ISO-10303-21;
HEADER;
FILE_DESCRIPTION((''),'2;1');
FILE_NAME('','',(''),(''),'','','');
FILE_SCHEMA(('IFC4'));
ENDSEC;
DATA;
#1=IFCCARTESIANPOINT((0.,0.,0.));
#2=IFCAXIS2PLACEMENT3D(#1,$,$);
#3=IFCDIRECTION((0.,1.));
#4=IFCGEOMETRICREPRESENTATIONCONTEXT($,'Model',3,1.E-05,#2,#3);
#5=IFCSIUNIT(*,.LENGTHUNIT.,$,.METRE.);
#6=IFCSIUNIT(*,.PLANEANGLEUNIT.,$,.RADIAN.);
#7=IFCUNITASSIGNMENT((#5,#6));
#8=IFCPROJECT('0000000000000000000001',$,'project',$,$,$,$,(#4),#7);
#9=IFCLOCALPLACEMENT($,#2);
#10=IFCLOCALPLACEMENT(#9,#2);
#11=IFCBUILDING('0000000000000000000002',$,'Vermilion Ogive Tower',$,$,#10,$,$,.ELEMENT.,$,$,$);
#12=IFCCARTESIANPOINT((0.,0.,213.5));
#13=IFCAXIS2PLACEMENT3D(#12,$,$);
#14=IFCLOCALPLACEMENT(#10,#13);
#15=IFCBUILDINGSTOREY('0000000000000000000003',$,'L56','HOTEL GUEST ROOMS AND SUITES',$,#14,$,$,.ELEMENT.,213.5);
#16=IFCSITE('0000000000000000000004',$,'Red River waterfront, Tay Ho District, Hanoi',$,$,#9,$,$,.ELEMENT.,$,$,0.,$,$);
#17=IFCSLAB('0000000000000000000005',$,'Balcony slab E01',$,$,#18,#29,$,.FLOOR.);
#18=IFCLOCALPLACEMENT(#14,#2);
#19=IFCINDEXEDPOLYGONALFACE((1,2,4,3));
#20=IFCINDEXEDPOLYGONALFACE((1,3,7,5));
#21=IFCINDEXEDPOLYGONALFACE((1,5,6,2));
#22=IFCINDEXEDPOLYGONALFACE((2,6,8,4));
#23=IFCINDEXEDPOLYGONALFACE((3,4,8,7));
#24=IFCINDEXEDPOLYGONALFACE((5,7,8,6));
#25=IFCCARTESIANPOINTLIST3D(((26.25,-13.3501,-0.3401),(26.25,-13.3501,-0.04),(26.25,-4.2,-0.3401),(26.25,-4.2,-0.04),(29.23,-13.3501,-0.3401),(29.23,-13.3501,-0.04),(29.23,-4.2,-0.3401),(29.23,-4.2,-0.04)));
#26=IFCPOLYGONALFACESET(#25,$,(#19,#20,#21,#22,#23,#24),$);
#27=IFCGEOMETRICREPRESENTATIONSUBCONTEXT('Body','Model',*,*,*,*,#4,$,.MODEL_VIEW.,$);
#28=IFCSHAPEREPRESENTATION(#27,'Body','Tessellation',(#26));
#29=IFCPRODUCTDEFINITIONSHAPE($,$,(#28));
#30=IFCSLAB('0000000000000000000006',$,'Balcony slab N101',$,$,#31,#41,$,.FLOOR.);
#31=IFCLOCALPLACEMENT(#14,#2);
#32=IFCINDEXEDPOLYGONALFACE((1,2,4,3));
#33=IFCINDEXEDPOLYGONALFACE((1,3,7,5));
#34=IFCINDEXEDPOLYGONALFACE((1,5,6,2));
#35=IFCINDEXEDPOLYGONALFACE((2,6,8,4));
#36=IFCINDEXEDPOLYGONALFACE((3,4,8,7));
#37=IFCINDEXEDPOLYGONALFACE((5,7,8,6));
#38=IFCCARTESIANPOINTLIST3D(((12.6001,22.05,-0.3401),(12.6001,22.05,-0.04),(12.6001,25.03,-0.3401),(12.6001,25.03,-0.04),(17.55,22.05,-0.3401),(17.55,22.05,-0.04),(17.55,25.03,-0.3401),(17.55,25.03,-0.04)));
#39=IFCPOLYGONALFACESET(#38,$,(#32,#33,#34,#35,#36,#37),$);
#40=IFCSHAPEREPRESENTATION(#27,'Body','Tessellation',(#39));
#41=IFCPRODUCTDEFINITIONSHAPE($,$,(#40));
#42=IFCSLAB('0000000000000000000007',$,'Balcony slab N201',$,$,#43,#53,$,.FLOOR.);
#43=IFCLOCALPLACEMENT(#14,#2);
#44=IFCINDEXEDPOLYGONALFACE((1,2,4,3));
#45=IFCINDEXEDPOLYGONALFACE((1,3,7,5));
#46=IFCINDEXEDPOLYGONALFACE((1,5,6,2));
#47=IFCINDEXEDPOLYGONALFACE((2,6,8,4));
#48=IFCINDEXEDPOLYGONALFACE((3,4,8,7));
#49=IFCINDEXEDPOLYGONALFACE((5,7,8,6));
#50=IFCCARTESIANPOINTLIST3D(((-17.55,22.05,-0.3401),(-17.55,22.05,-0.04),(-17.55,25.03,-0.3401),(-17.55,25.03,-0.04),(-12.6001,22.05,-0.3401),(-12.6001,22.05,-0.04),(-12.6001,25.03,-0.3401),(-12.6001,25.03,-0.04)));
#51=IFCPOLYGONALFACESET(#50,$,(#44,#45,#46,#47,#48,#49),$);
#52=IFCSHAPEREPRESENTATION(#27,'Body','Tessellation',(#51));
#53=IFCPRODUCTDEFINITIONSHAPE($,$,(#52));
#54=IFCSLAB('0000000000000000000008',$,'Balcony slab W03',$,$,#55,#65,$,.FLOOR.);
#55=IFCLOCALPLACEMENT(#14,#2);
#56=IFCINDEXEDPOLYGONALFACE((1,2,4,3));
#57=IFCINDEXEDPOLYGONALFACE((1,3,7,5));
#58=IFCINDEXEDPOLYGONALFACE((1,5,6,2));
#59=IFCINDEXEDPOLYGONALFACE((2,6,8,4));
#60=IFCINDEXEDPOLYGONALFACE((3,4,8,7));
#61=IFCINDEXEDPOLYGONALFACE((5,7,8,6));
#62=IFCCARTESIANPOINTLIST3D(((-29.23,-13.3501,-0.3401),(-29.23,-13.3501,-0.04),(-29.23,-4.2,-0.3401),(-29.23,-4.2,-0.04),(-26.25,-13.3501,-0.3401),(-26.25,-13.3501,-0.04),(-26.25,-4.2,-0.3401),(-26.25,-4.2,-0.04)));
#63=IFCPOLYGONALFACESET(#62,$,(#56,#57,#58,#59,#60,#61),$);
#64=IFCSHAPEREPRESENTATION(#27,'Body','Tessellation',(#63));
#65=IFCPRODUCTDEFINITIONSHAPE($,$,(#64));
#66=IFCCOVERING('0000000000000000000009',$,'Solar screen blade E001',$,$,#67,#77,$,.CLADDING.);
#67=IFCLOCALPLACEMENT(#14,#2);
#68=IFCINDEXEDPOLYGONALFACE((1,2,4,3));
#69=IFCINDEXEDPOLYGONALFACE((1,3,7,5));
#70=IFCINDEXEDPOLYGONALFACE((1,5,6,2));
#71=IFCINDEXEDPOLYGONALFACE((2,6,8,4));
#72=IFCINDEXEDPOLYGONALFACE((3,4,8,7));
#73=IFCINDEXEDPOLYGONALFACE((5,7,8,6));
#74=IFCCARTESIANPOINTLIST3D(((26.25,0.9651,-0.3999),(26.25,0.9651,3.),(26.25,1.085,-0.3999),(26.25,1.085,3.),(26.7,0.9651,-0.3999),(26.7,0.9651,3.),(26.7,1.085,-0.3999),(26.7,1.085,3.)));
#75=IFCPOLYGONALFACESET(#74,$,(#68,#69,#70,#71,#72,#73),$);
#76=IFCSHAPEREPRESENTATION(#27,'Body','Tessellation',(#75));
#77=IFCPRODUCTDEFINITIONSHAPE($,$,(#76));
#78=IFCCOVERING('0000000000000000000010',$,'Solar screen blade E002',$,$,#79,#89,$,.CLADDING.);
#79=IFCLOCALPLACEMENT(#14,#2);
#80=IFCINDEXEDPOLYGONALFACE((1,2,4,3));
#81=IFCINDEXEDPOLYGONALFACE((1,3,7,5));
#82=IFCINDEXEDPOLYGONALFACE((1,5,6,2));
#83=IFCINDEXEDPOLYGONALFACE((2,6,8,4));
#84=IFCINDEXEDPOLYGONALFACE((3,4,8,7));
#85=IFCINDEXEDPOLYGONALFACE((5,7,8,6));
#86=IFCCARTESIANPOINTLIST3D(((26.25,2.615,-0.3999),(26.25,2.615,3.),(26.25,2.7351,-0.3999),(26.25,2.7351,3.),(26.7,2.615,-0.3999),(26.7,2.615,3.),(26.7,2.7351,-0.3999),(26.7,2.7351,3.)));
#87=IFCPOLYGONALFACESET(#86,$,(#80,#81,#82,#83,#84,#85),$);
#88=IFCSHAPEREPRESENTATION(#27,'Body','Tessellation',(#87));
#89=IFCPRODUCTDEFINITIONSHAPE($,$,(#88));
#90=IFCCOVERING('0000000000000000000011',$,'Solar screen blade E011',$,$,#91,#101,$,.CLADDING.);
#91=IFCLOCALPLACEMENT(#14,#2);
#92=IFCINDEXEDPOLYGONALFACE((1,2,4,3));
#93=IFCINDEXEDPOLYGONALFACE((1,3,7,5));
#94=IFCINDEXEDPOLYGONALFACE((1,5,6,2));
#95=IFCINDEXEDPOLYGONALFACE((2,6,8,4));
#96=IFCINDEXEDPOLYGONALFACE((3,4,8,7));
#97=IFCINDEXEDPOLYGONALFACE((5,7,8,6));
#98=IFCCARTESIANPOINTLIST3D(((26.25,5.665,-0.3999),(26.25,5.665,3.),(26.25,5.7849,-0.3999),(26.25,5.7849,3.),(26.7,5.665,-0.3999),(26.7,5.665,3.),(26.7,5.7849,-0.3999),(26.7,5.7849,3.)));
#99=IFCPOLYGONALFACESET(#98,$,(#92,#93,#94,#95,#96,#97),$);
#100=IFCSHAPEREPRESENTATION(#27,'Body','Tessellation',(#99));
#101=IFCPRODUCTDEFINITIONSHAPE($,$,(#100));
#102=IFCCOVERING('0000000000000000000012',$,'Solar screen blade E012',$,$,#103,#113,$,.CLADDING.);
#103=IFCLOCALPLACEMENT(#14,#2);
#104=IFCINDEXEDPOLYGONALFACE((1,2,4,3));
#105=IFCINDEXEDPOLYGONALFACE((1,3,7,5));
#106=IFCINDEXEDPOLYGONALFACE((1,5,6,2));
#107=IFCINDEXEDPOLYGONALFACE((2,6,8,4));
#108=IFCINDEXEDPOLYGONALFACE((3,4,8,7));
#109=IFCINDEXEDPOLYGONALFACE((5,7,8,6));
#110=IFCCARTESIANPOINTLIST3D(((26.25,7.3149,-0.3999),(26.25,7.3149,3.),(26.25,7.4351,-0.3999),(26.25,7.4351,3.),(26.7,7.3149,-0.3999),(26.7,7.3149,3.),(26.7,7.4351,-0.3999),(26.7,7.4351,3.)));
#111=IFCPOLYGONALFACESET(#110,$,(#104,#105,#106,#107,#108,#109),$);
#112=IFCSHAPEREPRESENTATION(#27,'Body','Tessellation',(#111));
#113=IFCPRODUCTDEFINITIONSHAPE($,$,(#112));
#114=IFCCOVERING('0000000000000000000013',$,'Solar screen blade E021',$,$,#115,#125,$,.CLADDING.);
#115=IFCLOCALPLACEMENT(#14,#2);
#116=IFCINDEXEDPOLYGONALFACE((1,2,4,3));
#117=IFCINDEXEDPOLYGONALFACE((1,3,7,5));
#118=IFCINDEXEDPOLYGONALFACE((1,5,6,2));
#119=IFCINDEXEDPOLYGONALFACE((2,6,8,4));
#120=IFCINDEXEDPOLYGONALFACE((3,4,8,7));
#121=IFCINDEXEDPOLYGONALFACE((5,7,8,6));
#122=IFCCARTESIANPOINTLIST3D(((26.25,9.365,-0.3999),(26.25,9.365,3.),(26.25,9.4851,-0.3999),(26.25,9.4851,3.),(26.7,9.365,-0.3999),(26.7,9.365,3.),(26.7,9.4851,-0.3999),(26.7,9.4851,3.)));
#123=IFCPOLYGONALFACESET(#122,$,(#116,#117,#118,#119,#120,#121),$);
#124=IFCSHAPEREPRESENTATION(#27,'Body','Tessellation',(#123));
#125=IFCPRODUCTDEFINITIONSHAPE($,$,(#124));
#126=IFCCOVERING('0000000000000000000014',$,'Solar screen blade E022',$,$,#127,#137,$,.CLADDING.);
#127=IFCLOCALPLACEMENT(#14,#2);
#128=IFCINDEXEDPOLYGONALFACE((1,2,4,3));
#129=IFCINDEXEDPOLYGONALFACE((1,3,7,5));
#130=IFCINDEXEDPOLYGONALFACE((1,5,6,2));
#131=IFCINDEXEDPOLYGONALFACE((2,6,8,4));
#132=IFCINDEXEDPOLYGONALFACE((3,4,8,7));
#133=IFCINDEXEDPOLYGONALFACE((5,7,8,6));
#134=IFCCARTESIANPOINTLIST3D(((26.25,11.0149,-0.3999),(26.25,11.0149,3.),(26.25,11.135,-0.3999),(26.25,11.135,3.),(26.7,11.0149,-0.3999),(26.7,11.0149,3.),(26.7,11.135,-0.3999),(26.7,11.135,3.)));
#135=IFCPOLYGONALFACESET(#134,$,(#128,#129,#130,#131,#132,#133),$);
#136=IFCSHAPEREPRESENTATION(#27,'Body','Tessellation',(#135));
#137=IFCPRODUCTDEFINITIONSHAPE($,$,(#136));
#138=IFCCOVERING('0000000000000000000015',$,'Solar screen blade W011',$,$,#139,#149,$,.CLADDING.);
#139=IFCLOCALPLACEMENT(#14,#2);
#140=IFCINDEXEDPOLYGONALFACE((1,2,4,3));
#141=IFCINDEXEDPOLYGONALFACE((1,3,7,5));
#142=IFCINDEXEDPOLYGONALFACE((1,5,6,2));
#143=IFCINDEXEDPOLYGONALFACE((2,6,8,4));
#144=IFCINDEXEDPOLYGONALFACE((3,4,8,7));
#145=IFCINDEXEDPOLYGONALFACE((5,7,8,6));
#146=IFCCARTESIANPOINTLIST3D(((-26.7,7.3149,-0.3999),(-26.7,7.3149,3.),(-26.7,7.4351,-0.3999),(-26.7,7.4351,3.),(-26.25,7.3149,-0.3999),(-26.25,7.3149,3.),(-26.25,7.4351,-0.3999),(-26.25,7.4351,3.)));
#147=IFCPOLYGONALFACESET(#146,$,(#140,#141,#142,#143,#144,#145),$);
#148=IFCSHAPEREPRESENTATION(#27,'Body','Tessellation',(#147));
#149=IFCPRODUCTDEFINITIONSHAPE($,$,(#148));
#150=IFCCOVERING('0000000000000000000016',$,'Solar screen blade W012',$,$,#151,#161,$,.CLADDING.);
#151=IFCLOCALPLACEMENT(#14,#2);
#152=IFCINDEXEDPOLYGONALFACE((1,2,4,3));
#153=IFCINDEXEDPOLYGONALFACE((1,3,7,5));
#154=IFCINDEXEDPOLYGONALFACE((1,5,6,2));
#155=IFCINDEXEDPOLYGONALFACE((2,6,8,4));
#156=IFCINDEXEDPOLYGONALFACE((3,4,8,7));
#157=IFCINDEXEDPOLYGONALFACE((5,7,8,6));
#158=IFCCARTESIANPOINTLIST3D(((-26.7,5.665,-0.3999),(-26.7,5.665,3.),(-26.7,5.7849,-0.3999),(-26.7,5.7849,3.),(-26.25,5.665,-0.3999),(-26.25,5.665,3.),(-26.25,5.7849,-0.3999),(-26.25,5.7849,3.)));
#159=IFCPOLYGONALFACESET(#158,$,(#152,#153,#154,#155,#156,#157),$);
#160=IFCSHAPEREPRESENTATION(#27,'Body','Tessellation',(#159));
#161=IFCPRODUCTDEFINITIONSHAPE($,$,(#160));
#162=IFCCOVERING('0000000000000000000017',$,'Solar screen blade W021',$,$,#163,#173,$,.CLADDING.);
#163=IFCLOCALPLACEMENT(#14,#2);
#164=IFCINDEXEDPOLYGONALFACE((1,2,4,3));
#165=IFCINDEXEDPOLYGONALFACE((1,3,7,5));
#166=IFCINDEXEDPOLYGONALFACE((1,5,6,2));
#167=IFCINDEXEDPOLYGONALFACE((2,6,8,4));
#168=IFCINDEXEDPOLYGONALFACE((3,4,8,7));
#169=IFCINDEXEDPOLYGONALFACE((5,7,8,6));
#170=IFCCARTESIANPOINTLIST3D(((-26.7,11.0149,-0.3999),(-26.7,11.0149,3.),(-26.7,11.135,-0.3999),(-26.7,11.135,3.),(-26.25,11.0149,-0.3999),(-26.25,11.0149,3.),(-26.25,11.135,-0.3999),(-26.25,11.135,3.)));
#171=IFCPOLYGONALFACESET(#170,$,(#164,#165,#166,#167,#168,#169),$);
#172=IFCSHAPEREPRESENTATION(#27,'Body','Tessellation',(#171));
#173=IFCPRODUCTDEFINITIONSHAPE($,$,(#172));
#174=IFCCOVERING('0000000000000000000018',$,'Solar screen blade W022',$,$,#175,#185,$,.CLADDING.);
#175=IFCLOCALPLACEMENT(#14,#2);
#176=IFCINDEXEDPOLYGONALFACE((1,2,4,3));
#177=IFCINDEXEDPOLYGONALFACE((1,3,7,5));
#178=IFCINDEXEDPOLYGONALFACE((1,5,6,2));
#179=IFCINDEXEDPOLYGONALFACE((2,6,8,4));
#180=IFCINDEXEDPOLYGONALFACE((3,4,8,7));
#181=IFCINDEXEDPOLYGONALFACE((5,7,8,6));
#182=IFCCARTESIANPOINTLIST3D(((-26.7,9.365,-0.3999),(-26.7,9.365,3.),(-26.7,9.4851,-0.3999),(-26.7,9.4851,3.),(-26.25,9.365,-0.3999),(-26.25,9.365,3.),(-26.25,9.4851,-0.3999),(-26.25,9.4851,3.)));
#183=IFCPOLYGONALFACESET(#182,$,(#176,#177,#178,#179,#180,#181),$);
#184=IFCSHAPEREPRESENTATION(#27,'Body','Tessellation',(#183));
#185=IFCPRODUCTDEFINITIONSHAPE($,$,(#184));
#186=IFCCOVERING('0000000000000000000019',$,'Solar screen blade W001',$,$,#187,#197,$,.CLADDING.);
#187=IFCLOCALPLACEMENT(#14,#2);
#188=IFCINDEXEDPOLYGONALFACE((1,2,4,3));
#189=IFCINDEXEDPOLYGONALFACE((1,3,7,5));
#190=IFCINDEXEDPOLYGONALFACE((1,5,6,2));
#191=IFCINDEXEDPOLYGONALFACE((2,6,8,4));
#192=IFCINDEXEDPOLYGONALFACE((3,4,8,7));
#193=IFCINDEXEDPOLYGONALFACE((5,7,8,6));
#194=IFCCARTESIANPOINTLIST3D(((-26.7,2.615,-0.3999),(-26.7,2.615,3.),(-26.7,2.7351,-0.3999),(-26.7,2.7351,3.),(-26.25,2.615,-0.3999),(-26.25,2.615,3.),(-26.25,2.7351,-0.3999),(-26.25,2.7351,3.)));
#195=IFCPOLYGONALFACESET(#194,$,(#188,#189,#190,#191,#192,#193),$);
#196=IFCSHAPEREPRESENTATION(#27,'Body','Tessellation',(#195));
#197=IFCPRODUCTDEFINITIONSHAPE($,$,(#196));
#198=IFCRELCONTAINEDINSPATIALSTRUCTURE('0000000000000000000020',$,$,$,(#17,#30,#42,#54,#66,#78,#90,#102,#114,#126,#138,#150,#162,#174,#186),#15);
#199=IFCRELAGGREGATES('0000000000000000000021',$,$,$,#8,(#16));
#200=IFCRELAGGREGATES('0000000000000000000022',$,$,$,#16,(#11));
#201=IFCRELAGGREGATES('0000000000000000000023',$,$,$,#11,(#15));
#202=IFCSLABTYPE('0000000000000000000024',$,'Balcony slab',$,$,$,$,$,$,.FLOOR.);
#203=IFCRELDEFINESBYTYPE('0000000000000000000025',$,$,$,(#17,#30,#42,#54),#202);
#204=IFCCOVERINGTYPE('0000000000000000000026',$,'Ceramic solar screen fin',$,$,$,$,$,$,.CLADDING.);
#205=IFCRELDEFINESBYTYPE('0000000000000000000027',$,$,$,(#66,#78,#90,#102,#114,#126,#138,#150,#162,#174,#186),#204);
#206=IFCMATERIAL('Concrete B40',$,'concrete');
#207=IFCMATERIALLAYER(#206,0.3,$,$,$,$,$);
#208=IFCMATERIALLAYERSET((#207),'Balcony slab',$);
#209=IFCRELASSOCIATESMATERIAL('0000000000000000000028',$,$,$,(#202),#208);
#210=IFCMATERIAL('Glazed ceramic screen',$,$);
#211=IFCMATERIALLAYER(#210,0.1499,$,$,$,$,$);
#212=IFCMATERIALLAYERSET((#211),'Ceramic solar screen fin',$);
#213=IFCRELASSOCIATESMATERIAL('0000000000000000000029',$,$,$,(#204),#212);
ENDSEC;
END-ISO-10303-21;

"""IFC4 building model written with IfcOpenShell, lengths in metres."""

from ifc_helpers import new_model, si_unit, direction, frame, origin, place, context, subcontext, project, spatial, polyline, outline, extrude, material, layer, layer_set, type_object, element, save


model = new_model("IFC4")

# Units and contexts
model_context = context("Model", 3, precision=1e-05, world=origin(), true_north=direction((0.0, 1.0)))
body_context = subcontext(model_context, "Body", "Model", "MODEL_VIEW")
ifc_project = project(units=[si_unit("LENGTHUNIT", "METRE"), si_unit("PLANEANGLEUNIT", "RADIAN")], contexts=[model_context])

# Site, building, storey
site_placement = place(None, origin())
site = spatial("IfcSite", under=ifc_project, at=site_placement, Name="Red River waterfront, Tay Ho District, Hanoi", CompositionType="ELEMENT", RefElevation=0.0)
building_placement = place(site_placement, origin())
building = spatial("IfcBuilding", under=site, at=building_placement, Name="Vermilion Ogive Tower", CompositionType="ELEMENT")
storey_placement = place(building_placement, frame((0.0, 0.0, 213.5)))
storey = spatial("IfcBuildingStorey", under=building, at=storey_placement, Name="L56", Description="HOTEL GUEST ROOMS AND SUITES", CompositionType="ELEMENT", Elevation=213.5)

# Slabs
ifc_material_1 = material(Name="Concrete B40", Category="concrete")
ifc_layer_1 = layer(ifc_material_1, 0.3)
ifc_layer_set_1 = layer_set([ifc_layer_1], Name="Balcony slab")
slab_type = type_object("IfcSlabType", Name="Balcony slab", PredefinedType="FLOOR", material=ifc_layer_set_1)
slab_1_placement = place(storey_placement, frame((0.0, 0.0, -0.3401)))
element("IfcSlab", 1, at=slab_1_placement, inside=storey, type_object=slab_type, Name="Balcony slab E01", PredefinedType="FLOOR", context=body_context, shape_type="SweptSolid", body=[
    extrude(outline(polyline([(29.23, -13.3501), (29.23, -4.2), (26.25, -4.2), (26.25, -13.3501), (29.23, -13.3501)])), origin(), (0.0, 0.0, 1.0), 0.3),
])
slab_2_placement = place(storey_placement, frame((0.0, 0.0, -0.3401)))
element("IfcSlab", 2, at=slab_2_placement, inside=storey, type_object=slab_type, Name="Balcony slab N101", PredefinedType="FLOOR", context=body_context, shape_type="SweptSolid", body=[
    extrude(outline(polyline([(17.55, 25.03), (12.6001, 25.03), (12.6001, 22.05), (17.55, 22.05), (17.55, 25.03)])), origin(), (0.0, 0.0, 1.0), 0.3),
])
slab_3_placement = place(storey_placement, frame((0.0, 0.0, -0.3401)))
element("IfcSlab", 3, at=slab_3_placement, inside=storey, type_object=slab_type, Name="Balcony slab N201", PredefinedType="FLOOR", context=body_context, shape_type="SweptSolid", body=[
    extrude(outline(polyline([(-12.6001, 25.03), (-17.55, 25.03), (-17.55, 22.05), (-12.6001, 22.05), (-12.6001, 25.03)])), origin(), (0.0, 0.0, 1.0), 0.3),
])
slab_4_placement = place(storey_placement, frame((0.0, 0.0, -0.3401)))
element("IfcSlab", 4, at=slab_4_placement, inside=storey, type_object=slab_type, Name="Balcony slab W03", PredefinedType="FLOOR", context=body_context, shape_type="SweptSolid", body=[
    extrude(outline(polyline([(-29.23, -4.2), (-29.23, -13.3501), (-26.25, -13.3501), (-26.25, -4.2), (-29.23, -4.2)])), origin(), (0.0, 0.0, 1.0), 0.3),
])

# Coverings
ifc_material_2 = material(Name="Glazed ceramic screen")
ifc_layer_2 = layer(ifc_material_2, 0.1499)
ifc_layer_set_2 = layer_set([ifc_layer_2], Name="Ceramic solar screen fin")
covering_type_1 = type_object("IfcCoveringType", Name="Ceramic solar screen fin", PredefinedType="CLADDING", material=ifc_layer_set_2)
covering_1_placement = place(storey_placement, frame((0.0, 0.0, -0.3999)))
element("IfcCovering", 5, at=covering_1_placement, inside=storey, type_object=covering_type_1, Name="Solar screen blade E001", PredefinedType="CLADDING", context=body_context, shape_type="SweptSolid", body=[
    extrude(outline(polyline([(26.7, 0.9651), (26.7, 1.085), (26.25, 1.085), (26.25, 0.9651), (26.7, 0.9651)])), origin(), (0.0, 0.0, 1.0), 3.3999),
])
covering_2_placement = place(storey_placement, frame((0.0, 0.0, -0.3999)))
element("IfcCovering", 6, at=covering_2_placement, inside=storey, type_object=covering_type_1, Name="Solar screen blade E002", PredefinedType="CLADDING", context=body_context, shape_type="SweptSolid", body=[
    extrude(outline(polyline([(26.7, 2.615), (26.7, 2.7351), (26.25, 2.7351), (26.25, 2.615), (26.7, 2.615)])), origin(), (0.0, 0.0, 1.0), 3.3999),
])
covering_3_placement = place(storey_placement, frame((0.0, 0.0, -0.3999)))
element("IfcCovering", 7, at=covering_3_placement, inside=storey, type_object=covering_type_1, Name="Solar screen blade E011", PredefinedType="CLADDING", context=body_context, shape_type="SweptSolid", body=[
    extrude(outline(polyline([(26.7, 5.665), (26.7, 5.7849), (26.25, 5.7849), (26.25, 5.665), (26.7, 5.665)])), origin(), (0.0, 0.0, 1.0), 3.3999),
])
covering_4_placement = place(storey_placement, frame((0.0, 0.0, -0.3999)))
element("IfcCovering", 8, at=covering_4_placement, inside=storey, type_object=covering_type_1, Name="Solar screen blade E012", PredefinedType="CLADDING", context=body_context, shape_type="SweptSolid", body=[
    extrude(outline(polyline([(26.7, 7.3149), (26.7, 7.4351), (26.25, 7.4351), (26.25, 7.3149), (26.7, 7.3149)])), origin(), (0.0, 0.0, 1.0), 3.3999),
])
covering_5_placement = place(storey_placement, frame((0.0, 0.0, -0.3999)))
element("IfcCovering", 9, at=covering_5_placement, inside=storey, type_object=covering_type_1, Name="Solar screen blade E021", PredefinedType="CLADDING", context=body_context, shape_type="SweptSolid", body=[
    extrude(outline(polyline([(26.7, 9.365), (26.7, 9.4851), (26.25, 9.4851), (26.25, 9.365), (26.7, 9.365)])), origin(), (0.0, 0.0, 1.0), 3.3999),
])
covering_6_placement = place(storey_placement, frame((0.0, 0.0, -0.3999)))
element("IfcCovering", 10, at=covering_6_placement, inside=storey, type_object=covering_type_1, Name="Solar screen blade E022", PredefinedType="CLADDING", context=body_context, shape_type="SweptSolid", body=[
    extrude(outline(polyline([(26.7, 11.0149), (26.7, 11.135), (26.25, 11.135), (26.25, 11.0149), (26.7, 11.0149)])), origin(), (0.0, 0.0, 1.0), 3.3999),
])
covering_7_placement = place(storey_placement, frame((0.0, 0.0, -0.3999)))
element("IfcCovering", 11, at=covering_7_placement, inside=storey, type_object=covering_type_1, Name="Solar screen blade W011", PredefinedType="CLADDING", context=body_context, shape_type="SweptSolid", body=[
    extrude(outline(polyline([(-26.7, 7.4351), (-26.7, 7.3149), (-26.25, 7.3149), (-26.25, 7.4351), (-26.7, 7.4351)])), origin(), (0.0, 0.0, 1.0), 3.3999),
])
covering_8_placement = place(storey_placement, frame((0.0, 0.0, -0.3999)))
element("IfcCovering", 12, at=covering_8_placement, inside=storey, type_object=covering_type_1, Name="Solar screen blade W012", PredefinedType="CLADDING", context=body_context, shape_type="SweptSolid", body=[
    extrude(outline(polyline([(-26.7, 5.7849), (-26.7, 5.665), (-26.25, 5.665), (-26.25, 5.7849), (-26.7, 5.7849)])), origin(), (0.0, 0.0, 1.0), 3.3999),
])
covering_9_placement = place(storey_placement, frame((0.0, 0.0, -0.3999)))
element("IfcCovering", 13, at=covering_9_placement, inside=storey, type_object=covering_type_1, Name="Solar screen blade W021", PredefinedType="CLADDING", context=body_context, shape_type="SweptSolid", body=[
    extrude(outline(polyline([(-26.7, 11.135), (-26.7, 11.0149), (-26.25, 11.0149), (-26.25, 11.135), (-26.7, 11.135)])), origin(), (0.0, 0.0, 1.0), 3.3999),
])
covering_10_placement = place(storey_placement, frame((0.0, 0.0, -0.3999)))
element("IfcCovering", 14, at=covering_10_placement, inside=storey, type_object=covering_type_1, Name="Solar screen blade W022", PredefinedType="CLADDING", context=body_context, shape_type="SweptSolid", body=[
    extrude(outline(polyline([(-26.7, 9.4851), (-26.7, 9.365), (-26.25, 9.365), (-26.25, 9.4851), (-26.7, 9.4851)])), origin(), (0.0, 0.0, 1.0), 3.3999),
])
covering_11_placement = place(storey_placement, frame((0.0, 0.0, -0.3999)))
element("IfcCovering", 15, at=covering_11_placement, inside=storey, type_object=covering_type_1, Name="Solar screen blade W001", PredefinedType="CLADDING", context=body_context, shape_type="SweptSolid", body=[
    extrude(outline(polyline([(-26.7, 2.7351), (-26.7, 2.615), (-26.25, 2.615), (-26.25, 2.7351), (-26.7, 2.7351)])), origin(), (0.0, 0.0, 1.0), 3.3999),
])

save(model, "model.ifc")
